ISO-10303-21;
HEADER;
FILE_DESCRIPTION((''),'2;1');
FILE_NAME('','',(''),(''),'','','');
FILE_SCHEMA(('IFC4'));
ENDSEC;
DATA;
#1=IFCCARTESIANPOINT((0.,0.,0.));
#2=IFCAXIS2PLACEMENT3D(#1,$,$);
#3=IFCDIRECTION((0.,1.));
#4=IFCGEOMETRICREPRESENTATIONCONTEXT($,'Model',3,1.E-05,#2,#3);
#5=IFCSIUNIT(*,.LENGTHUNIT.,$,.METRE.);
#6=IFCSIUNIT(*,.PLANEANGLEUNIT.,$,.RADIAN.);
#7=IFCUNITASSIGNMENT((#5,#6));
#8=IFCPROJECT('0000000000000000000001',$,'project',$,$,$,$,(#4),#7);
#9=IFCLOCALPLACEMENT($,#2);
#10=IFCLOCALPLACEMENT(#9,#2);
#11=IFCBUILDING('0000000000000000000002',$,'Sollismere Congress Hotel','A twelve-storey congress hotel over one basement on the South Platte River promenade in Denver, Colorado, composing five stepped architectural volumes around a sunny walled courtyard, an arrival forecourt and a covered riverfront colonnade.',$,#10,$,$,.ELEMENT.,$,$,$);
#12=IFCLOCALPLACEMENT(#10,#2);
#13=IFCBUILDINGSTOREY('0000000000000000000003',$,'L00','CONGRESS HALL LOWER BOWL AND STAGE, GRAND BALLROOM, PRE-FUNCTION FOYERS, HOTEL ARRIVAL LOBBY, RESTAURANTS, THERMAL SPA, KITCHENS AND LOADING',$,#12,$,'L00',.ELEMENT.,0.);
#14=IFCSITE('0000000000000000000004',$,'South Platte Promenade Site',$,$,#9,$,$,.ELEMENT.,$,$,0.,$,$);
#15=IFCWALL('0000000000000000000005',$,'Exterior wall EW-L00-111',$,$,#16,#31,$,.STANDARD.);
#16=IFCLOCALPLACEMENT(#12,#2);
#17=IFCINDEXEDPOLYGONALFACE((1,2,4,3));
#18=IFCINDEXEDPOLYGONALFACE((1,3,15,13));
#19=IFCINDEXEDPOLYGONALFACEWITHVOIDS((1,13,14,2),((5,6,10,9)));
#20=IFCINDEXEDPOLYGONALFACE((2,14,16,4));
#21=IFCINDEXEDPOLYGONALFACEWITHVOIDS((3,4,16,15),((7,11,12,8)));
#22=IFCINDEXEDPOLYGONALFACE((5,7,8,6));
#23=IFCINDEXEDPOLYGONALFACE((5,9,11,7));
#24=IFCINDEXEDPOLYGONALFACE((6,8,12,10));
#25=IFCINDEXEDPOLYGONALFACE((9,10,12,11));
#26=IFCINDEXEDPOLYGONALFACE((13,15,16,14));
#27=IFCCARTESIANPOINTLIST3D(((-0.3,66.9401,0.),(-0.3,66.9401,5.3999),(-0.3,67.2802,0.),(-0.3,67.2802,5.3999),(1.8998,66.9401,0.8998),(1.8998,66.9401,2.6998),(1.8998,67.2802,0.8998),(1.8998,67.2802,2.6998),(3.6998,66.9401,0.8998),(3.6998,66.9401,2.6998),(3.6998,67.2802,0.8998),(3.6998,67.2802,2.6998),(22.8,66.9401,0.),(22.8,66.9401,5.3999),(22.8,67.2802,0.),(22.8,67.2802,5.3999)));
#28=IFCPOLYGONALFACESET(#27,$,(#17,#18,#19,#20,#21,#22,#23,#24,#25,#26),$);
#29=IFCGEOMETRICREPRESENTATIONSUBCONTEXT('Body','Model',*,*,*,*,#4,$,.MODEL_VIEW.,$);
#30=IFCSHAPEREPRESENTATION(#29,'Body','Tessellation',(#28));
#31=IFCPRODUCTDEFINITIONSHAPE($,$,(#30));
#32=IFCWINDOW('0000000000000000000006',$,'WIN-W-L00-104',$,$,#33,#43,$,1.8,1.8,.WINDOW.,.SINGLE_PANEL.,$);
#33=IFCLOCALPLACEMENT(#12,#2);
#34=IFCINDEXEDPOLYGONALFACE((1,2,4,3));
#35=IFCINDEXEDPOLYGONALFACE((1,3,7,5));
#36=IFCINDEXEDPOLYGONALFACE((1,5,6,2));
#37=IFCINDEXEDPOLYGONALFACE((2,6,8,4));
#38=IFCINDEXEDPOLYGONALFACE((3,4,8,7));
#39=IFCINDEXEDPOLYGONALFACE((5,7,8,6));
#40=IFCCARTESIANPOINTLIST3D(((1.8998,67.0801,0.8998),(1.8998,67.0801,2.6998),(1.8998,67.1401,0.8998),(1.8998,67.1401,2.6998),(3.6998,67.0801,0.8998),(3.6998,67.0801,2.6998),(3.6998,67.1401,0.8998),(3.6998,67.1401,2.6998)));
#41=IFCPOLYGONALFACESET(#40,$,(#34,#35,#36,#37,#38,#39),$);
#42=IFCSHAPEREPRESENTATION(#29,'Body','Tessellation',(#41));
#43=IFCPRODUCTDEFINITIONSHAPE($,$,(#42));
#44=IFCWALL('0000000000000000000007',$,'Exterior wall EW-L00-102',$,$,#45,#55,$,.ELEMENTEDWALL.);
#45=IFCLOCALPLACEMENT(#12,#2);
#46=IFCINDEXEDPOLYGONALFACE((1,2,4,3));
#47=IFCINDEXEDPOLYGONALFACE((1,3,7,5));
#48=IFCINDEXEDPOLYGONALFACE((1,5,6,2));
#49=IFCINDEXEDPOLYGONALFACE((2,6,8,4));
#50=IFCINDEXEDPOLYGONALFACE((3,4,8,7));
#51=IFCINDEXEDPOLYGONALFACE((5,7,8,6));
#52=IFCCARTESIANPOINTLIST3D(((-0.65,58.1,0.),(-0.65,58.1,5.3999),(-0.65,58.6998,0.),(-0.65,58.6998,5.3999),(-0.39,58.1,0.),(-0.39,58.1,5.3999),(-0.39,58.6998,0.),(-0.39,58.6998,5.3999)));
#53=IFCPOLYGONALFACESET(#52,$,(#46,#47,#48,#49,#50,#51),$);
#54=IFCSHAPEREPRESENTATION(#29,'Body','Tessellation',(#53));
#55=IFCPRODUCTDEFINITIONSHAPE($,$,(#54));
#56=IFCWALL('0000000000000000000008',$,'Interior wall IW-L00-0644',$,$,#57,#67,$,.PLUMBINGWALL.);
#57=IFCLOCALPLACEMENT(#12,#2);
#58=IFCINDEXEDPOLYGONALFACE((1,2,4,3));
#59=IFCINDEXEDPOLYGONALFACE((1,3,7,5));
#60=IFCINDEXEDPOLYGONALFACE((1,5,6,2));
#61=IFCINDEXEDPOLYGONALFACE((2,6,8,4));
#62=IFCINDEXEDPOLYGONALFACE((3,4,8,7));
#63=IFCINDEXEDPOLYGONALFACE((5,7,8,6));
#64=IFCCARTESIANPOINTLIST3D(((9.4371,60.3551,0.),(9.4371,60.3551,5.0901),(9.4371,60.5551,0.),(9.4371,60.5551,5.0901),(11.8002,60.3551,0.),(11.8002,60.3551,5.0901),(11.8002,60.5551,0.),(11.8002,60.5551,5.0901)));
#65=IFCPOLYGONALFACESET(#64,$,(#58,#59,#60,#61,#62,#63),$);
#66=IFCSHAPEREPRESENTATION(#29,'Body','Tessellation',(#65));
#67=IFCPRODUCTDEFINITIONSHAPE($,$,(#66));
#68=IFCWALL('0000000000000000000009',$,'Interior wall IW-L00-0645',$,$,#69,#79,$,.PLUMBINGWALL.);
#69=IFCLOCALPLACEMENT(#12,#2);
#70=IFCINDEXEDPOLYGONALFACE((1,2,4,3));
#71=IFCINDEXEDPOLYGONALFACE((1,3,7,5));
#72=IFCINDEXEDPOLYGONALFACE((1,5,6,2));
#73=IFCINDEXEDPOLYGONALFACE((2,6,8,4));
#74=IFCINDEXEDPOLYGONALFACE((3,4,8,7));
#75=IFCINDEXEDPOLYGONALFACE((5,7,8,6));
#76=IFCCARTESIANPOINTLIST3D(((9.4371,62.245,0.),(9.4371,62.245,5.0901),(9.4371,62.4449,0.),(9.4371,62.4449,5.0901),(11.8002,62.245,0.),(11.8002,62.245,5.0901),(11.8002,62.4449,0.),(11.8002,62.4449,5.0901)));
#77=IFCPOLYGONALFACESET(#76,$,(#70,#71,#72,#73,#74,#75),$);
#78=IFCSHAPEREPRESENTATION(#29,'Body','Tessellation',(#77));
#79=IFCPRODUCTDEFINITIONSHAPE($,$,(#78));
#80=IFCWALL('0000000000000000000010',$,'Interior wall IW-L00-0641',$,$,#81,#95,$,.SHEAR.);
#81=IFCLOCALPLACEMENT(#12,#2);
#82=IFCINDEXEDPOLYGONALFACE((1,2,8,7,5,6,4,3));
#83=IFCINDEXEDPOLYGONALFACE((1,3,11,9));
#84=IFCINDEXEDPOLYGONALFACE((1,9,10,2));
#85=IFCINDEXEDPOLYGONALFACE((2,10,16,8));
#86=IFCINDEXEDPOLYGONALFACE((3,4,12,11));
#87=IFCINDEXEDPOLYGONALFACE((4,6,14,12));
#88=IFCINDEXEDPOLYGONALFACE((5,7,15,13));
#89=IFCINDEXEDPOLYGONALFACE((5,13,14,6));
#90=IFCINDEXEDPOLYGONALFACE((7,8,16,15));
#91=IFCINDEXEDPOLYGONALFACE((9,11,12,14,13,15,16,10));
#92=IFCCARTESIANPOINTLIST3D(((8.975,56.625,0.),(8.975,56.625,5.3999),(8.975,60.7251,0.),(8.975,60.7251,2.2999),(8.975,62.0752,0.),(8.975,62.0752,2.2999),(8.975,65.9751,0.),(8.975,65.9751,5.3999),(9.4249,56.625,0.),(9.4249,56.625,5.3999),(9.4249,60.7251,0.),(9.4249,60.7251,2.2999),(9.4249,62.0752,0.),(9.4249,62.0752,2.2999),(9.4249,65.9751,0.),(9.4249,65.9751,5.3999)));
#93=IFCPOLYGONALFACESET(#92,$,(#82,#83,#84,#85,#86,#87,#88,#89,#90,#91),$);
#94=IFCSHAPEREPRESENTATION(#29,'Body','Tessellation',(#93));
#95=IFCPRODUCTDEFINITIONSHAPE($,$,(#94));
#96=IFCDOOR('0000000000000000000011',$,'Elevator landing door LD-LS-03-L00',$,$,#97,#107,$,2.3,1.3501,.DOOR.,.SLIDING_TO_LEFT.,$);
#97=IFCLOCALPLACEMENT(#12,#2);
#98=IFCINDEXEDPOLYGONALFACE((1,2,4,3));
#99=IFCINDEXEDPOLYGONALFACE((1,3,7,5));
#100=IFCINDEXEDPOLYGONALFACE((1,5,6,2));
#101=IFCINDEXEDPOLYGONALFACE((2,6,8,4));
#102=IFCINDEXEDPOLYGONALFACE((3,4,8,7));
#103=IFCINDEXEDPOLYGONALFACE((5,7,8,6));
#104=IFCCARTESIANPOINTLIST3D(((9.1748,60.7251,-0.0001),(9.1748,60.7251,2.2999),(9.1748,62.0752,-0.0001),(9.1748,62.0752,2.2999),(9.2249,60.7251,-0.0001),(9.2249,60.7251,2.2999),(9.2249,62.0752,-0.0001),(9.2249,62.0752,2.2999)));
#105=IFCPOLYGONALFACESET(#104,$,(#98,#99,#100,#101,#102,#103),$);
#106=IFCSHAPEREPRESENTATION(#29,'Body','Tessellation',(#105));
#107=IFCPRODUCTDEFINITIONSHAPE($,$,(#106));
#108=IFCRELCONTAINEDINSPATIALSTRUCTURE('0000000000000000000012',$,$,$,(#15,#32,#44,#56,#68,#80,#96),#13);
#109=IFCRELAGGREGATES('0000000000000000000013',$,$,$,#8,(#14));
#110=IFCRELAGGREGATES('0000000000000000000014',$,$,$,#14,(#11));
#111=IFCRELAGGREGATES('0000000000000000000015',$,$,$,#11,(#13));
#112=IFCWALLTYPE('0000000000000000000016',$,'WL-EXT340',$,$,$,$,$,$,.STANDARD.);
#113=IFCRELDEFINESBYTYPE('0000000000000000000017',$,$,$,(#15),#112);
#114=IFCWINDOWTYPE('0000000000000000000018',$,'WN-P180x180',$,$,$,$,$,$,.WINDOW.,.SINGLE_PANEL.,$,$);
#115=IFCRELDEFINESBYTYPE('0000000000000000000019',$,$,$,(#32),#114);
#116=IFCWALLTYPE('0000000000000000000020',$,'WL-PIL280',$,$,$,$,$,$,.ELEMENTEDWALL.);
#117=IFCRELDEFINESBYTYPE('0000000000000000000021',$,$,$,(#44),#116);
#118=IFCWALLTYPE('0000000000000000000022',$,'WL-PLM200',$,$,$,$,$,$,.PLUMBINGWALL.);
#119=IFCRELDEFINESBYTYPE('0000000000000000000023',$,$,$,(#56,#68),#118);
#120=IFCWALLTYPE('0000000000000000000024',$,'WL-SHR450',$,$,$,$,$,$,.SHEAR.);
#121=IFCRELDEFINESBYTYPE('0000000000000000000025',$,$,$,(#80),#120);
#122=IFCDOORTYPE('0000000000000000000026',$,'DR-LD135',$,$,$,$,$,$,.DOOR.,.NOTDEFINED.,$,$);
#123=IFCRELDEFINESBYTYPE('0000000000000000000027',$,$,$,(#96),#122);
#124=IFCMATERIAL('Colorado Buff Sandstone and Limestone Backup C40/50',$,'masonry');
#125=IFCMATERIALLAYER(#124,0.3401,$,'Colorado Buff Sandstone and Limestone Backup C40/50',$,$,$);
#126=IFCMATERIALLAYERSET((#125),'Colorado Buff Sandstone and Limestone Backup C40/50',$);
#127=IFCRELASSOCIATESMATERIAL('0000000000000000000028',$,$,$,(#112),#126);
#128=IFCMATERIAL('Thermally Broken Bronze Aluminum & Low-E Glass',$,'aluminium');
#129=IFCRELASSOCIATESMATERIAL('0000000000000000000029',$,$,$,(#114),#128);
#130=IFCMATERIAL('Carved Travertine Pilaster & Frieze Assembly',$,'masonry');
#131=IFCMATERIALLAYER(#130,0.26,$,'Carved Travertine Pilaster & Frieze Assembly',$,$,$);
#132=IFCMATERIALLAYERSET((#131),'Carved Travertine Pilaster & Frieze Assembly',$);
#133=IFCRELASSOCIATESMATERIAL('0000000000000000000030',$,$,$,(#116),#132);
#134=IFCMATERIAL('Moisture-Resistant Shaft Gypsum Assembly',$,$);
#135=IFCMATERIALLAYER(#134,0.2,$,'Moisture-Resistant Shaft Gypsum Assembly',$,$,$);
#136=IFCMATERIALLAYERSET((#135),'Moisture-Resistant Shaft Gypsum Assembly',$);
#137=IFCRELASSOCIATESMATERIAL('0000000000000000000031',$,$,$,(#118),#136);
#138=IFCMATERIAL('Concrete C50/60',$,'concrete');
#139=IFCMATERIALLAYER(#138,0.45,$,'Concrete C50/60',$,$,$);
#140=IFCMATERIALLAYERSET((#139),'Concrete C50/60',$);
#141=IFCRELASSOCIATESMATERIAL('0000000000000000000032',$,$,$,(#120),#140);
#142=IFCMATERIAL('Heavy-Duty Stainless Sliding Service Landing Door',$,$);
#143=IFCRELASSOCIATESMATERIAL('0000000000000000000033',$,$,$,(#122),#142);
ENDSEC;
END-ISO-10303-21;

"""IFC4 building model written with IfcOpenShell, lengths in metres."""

from ifc_helpers import new_model, si_unit, direction, frame, frame_2d, origin, place, context, subcontext, project, spatial, rectangle, extrude, material, layer, layer_set, type_object, element, fill, save


model = new_model("IFC4")

# Units and contexts
model_context = context("Model", 3, precision=1e-05, world=origin(), true_north=direction((0.0, 1.0)))
body_context = subcontext(model_context, "Body", "Model", "MODEL_VIEW")
ifc_project = project(units=[si_unit("LENGTHUNIT", "METRE"), si_unit("PLANEANGLEUNIT", "RADIAN")], contexts=[model_context])

# Site, building, storey
site_placement = place(None, origin())
site = spatial("IfcSite", under=ifc_project, at=site_placement, Name="South Platte Promenade Site", CompositionType="ELEMENT", RefElevation=0.0)
building_placement = place(site_placement, origin())
building = spatial("IfcBuilding", under=site, at=building_placement, Name="Sollismere Congress Hotel", Description="A twelve-storey congress hotel over one basement on the South Platte River promenade in Denver, Colorado, composing five stepped architectural volumes around a sunny walled courtyard, an arrival forecourt and a covered riverfront colonnade.", CompositionType="ELEMENT")
storey_placement = place(building_placement, origin())
storey = spatial("IfcBuildingStorey", under=building, at=storey_placement, Name="L00", Description="CONGRESS HALL LOWER BOWL AND STAGE, GRAND BALLROOM, PRE-FUNCTION FOYERS, HOTEL ARRIVAL LOBBY, RESTAURANTS, THERMAL SPA, KITCHENS AND LOADING", LongName="L00", CompositionType="ELEMENT", Elevation=0.0)

# Shared definitions
ifc_material_1 = material(Name="Colorado Buff Sandstone and Limestone Backup C40/50", Category="masonry")
ifc_layer_1 = layer(ifc_material_1, 0.3401, Name="Colorado Buff Sandstone and Limestone Backup C40/50")
ifc_layer_set_1 = layer_set([ifc_layer_1], Name="Colorado Buff Sandstone and Limestone Backup C40/50")
wall_type_1 = type_object("IfcWallType", Name="WL-EXT340", PredefinedType="STANDARD", material=ifc_layer_set_1)
ifc_material_2 = material(Name="Thermally Broken Bronze Aluminum & Low-E Glass", Category="aluminium")

# Wall, opening, window
wall_1_placement = place(storey_placement, frame((-0.3, 67.1101, 0.0), z_axis=(0.0, 0.0, 1.0), x_axis=(1.0, 0.0, 0.0)))
wall_1 = element("IfcWall", 1, at=wall_1_placement, inside=storey, type_object=wall_type_1, Name="Exterior wall EW-L00-111", PredefinedType="STANDARD", context=body_context, shape_type="SweptSolid", body=[
    extrude(rectangle(XDim=23.1001, YDim=0.3401, at=frame_2d((11.55, 0.0))), origin(), (0.0, 0.0, 1.0), 5.3999),
])
opening_1_placement = place(wall_1_placement, frame((2.2, 0.0, 0.8999)))
opening_1 = element("IfcOpeningElement", 2, at=opening_1_placement, cuts=wall_1, PredefinedType="OPENING", context=body_context, shape_type="SweptSolid", body=[
    extrude(rectangle(XDim=1.8, YDim=1.8, at=frame_2d((0.8999, 0.8999))), frame((0.0, 0.1799, 0.0), z_axis=(0.0, -1.0, 0.0), x_axis=(1.0, 0.0, 0.0)), (0.0, 0.0, 1.0), 0.3601),
])
window_type_1 = type_object("IfcWindowType", Name="WN-P180x180", PartitioningType="SINGLE_PANEL", PredefinedType="WINDOW", material=ifc_material_2)
window_1_placement = place(opening_1_placement, origin())
window_1 = element("IfcWindow", 3, at=window_1_placement, inside=storey, type_object=window_type_1, Name="WIN-W-L00-104", OverallHeight=1.8, OverallWidth=1.8, PartitioningType="SINGLE_PANEL", PredefinedType="WINDOW", context=body_context, shape_type="SweptSolid", body=[
    extrude(rectangle(XDim=1.8, YDim=1.8, at=frame_2d((0.8999, 0.8999))), frame((0.0, 0.03, 0.0), z_axis=(0.0, -1.0, 0.0), x_axis=(1.0, 0.0, 0.0)), (0.0, 0.0, 1.0), 0.0601),
])
fill(opening_1, window_1)

# Walls
ifc_material_3 = material(Name="Carved Travertine Pilaster & Frieze Assembly", Category="masonry")
ifc_layer_2 = layer(ifc_material_3, 0.26, Name="Carved Travertine Pilaster & Frieze Assembly")
ifc_layer_set_2 = layer_set([ifc_layer_2], Name="Carved Travertine Pilaster & Frieze Assembly")
wall_type_2 = type_object("IfcWallType", Name="WL-PIL280", PredefinedType="ELEMENTEDWALL", material=ifc_layer_set_2)
wall_2_placement = place(storey_placement, frame((-0.52, 58.1001, 0.0), z_axis=(0.0, 0.0, 1.0), x_axis=(0.0, 1.0, 0.0)))
element("IfcWall", 4, at=wall_2_placement, inside=storey, type_object=wall_type_2, Name="Exterior wall EW-L00-102", PredefinedType="ELEMENTEDWALL", context=body_context, shape_type="SweptSolid", body=[
    extrude(rectangle(XDim=0.5999, YDim=0.26, at=frame_2d((0.2998, 0.0))), origin(), (0.0, 0.0, 1.0), 5.3999),
])
ifc_material_4 = material(Name="Moisture-Resistant Shaft Gypsum Assembly")
ifc_layer_3 = layer(ifc_material_4, 0.2, Name="Moisture-Resistant Shaft Gypsum Assembly")
ifc_layer_set_3 = layer_set([ifc_layer_3], Name="Moisture-Resistant Shaft Gypsum Assembly")
wall_type_3 = type_object("IfcWallType", Name="WL-PLM200", PredefinedType="PLUMBINGWALL", material=ifc_layer_set_3)
for number, where, z_axis, x_axis, name in (
    (5, (9.437, 60.4551, 0.0), (0.0, 0.0, 1.0), (1.0, 0.0, 0.0), "Interior wall IW-L00-0644"),
    (6, (9.437, 62.345, 0.0), (0.0, 0.0, 1.0), (1.0, 0.0, 0.0), "Interior wall IW-L00-0645"),
):
    element("IfcWall", number, at=place(storey_placement, frame(where, z_axis=z_axis, x_axis=x_axis)), inside=storey, type_object=wall_type_3, Name=name, PredefinedType="PLUMBINGWALL", context=body_context, shape_type="SweptSolid", body=[
        extrude(rectangle(XDim=2.363, YDim=0.2, at=frame_2d((1.1816, 0.0))), origin(), (0.0, 0.0, 1.0), 5.0901),
    ])

# Wall, opening, door
ifc_material_5 = material(Name="Concrete C50/60", Category="concrete")
ifc_layer_4 = layer(ifc_material_5, 0.45, Name="Concrete C50/60")
ifc_layer_set_4 = layer_set([ifc_layer_4], Name="Concrete C50/60")
wall_type_4 = type_object("IfcWallType", Name="WL-SHR450", PredefinedType="SHEAR", material=ifc_layer_set_4)
wall_3_placement = place(storey_placement, frame((9.2, 65.9751, 0.0), z_axis=(0.0, 0.0, 1.0), x_axis=(0.0, -1.0, 0.0)))
wall_3 = element("IfcWall", 7, at=wall_3_placement, inside=storey, type_object=wall_type_4, Name="Interior wall IW-L00-0641", PredefinedType="SHEAR", context=body_context, shape_type="SweptSolid", body=[
    extrude(rectangle(XDim=9.3501, YDim=0.45, at=frame_2d((4.675, 0.0))), origin(), (0.0, 0.0, 1.0), 5.3999),
])
opening_2_placement = place(wall_3_placement, frame((3.8999, 0.0, 0.0)))
opening_2 = element("IfcOpeningElement", 8, at=opening_2_placement, cuts=wall_3, PredefinedType="OPENING", context=body_context, shape_type="SweptSolid", body=[
    extrude(rectangle(XDim=1.3501, YDim=2.3, at=frame_2d((0.675, 1.1499))), frame((0.0, 0.2349, 0.0), z_axis=(0.0, -1.0, 0.0), x_axis=(1.0, 0.0, 0.0)), (0.0, 0.0, 1.0), 0.47),
])
ifc_material_6 = material(Name="Heavy-Duty Stainless Sliding Service Landing Door")
door_type = type_object("IfcDoorType", Name="DR-LD135", OperationType="NOTDEFINED", PredefinedType="DOOR", material=ifc_material_6)
door_placement = place(opening_2_placement, origin())
door = element("IfcDoor", 9, at=door_placement, inside=storey, type_object=door_type, Name="Elevator landing door LD-LS-03-L00", OperationType="SLIDING_TO_LEFT", OverallHeight=2.3, OverallWidth=1.3501, PredefinedType="DOOR", context=body_context, shape_type="SweptSolid", body=[
    extrude(rectangle(XDim=1.3501, YDim=2.3, at=frame_2d((0.675, 1.1499))), frame((0.0, 0.0249, 0.0), z_axis=(0.0, -1.0, 0.0), x_axis=(1.0, 0.0, 0.0)), (0.0, 0.0, 1.0), 0.05),
])
fill(opening_2, door)

save(model, "model.ifc")
